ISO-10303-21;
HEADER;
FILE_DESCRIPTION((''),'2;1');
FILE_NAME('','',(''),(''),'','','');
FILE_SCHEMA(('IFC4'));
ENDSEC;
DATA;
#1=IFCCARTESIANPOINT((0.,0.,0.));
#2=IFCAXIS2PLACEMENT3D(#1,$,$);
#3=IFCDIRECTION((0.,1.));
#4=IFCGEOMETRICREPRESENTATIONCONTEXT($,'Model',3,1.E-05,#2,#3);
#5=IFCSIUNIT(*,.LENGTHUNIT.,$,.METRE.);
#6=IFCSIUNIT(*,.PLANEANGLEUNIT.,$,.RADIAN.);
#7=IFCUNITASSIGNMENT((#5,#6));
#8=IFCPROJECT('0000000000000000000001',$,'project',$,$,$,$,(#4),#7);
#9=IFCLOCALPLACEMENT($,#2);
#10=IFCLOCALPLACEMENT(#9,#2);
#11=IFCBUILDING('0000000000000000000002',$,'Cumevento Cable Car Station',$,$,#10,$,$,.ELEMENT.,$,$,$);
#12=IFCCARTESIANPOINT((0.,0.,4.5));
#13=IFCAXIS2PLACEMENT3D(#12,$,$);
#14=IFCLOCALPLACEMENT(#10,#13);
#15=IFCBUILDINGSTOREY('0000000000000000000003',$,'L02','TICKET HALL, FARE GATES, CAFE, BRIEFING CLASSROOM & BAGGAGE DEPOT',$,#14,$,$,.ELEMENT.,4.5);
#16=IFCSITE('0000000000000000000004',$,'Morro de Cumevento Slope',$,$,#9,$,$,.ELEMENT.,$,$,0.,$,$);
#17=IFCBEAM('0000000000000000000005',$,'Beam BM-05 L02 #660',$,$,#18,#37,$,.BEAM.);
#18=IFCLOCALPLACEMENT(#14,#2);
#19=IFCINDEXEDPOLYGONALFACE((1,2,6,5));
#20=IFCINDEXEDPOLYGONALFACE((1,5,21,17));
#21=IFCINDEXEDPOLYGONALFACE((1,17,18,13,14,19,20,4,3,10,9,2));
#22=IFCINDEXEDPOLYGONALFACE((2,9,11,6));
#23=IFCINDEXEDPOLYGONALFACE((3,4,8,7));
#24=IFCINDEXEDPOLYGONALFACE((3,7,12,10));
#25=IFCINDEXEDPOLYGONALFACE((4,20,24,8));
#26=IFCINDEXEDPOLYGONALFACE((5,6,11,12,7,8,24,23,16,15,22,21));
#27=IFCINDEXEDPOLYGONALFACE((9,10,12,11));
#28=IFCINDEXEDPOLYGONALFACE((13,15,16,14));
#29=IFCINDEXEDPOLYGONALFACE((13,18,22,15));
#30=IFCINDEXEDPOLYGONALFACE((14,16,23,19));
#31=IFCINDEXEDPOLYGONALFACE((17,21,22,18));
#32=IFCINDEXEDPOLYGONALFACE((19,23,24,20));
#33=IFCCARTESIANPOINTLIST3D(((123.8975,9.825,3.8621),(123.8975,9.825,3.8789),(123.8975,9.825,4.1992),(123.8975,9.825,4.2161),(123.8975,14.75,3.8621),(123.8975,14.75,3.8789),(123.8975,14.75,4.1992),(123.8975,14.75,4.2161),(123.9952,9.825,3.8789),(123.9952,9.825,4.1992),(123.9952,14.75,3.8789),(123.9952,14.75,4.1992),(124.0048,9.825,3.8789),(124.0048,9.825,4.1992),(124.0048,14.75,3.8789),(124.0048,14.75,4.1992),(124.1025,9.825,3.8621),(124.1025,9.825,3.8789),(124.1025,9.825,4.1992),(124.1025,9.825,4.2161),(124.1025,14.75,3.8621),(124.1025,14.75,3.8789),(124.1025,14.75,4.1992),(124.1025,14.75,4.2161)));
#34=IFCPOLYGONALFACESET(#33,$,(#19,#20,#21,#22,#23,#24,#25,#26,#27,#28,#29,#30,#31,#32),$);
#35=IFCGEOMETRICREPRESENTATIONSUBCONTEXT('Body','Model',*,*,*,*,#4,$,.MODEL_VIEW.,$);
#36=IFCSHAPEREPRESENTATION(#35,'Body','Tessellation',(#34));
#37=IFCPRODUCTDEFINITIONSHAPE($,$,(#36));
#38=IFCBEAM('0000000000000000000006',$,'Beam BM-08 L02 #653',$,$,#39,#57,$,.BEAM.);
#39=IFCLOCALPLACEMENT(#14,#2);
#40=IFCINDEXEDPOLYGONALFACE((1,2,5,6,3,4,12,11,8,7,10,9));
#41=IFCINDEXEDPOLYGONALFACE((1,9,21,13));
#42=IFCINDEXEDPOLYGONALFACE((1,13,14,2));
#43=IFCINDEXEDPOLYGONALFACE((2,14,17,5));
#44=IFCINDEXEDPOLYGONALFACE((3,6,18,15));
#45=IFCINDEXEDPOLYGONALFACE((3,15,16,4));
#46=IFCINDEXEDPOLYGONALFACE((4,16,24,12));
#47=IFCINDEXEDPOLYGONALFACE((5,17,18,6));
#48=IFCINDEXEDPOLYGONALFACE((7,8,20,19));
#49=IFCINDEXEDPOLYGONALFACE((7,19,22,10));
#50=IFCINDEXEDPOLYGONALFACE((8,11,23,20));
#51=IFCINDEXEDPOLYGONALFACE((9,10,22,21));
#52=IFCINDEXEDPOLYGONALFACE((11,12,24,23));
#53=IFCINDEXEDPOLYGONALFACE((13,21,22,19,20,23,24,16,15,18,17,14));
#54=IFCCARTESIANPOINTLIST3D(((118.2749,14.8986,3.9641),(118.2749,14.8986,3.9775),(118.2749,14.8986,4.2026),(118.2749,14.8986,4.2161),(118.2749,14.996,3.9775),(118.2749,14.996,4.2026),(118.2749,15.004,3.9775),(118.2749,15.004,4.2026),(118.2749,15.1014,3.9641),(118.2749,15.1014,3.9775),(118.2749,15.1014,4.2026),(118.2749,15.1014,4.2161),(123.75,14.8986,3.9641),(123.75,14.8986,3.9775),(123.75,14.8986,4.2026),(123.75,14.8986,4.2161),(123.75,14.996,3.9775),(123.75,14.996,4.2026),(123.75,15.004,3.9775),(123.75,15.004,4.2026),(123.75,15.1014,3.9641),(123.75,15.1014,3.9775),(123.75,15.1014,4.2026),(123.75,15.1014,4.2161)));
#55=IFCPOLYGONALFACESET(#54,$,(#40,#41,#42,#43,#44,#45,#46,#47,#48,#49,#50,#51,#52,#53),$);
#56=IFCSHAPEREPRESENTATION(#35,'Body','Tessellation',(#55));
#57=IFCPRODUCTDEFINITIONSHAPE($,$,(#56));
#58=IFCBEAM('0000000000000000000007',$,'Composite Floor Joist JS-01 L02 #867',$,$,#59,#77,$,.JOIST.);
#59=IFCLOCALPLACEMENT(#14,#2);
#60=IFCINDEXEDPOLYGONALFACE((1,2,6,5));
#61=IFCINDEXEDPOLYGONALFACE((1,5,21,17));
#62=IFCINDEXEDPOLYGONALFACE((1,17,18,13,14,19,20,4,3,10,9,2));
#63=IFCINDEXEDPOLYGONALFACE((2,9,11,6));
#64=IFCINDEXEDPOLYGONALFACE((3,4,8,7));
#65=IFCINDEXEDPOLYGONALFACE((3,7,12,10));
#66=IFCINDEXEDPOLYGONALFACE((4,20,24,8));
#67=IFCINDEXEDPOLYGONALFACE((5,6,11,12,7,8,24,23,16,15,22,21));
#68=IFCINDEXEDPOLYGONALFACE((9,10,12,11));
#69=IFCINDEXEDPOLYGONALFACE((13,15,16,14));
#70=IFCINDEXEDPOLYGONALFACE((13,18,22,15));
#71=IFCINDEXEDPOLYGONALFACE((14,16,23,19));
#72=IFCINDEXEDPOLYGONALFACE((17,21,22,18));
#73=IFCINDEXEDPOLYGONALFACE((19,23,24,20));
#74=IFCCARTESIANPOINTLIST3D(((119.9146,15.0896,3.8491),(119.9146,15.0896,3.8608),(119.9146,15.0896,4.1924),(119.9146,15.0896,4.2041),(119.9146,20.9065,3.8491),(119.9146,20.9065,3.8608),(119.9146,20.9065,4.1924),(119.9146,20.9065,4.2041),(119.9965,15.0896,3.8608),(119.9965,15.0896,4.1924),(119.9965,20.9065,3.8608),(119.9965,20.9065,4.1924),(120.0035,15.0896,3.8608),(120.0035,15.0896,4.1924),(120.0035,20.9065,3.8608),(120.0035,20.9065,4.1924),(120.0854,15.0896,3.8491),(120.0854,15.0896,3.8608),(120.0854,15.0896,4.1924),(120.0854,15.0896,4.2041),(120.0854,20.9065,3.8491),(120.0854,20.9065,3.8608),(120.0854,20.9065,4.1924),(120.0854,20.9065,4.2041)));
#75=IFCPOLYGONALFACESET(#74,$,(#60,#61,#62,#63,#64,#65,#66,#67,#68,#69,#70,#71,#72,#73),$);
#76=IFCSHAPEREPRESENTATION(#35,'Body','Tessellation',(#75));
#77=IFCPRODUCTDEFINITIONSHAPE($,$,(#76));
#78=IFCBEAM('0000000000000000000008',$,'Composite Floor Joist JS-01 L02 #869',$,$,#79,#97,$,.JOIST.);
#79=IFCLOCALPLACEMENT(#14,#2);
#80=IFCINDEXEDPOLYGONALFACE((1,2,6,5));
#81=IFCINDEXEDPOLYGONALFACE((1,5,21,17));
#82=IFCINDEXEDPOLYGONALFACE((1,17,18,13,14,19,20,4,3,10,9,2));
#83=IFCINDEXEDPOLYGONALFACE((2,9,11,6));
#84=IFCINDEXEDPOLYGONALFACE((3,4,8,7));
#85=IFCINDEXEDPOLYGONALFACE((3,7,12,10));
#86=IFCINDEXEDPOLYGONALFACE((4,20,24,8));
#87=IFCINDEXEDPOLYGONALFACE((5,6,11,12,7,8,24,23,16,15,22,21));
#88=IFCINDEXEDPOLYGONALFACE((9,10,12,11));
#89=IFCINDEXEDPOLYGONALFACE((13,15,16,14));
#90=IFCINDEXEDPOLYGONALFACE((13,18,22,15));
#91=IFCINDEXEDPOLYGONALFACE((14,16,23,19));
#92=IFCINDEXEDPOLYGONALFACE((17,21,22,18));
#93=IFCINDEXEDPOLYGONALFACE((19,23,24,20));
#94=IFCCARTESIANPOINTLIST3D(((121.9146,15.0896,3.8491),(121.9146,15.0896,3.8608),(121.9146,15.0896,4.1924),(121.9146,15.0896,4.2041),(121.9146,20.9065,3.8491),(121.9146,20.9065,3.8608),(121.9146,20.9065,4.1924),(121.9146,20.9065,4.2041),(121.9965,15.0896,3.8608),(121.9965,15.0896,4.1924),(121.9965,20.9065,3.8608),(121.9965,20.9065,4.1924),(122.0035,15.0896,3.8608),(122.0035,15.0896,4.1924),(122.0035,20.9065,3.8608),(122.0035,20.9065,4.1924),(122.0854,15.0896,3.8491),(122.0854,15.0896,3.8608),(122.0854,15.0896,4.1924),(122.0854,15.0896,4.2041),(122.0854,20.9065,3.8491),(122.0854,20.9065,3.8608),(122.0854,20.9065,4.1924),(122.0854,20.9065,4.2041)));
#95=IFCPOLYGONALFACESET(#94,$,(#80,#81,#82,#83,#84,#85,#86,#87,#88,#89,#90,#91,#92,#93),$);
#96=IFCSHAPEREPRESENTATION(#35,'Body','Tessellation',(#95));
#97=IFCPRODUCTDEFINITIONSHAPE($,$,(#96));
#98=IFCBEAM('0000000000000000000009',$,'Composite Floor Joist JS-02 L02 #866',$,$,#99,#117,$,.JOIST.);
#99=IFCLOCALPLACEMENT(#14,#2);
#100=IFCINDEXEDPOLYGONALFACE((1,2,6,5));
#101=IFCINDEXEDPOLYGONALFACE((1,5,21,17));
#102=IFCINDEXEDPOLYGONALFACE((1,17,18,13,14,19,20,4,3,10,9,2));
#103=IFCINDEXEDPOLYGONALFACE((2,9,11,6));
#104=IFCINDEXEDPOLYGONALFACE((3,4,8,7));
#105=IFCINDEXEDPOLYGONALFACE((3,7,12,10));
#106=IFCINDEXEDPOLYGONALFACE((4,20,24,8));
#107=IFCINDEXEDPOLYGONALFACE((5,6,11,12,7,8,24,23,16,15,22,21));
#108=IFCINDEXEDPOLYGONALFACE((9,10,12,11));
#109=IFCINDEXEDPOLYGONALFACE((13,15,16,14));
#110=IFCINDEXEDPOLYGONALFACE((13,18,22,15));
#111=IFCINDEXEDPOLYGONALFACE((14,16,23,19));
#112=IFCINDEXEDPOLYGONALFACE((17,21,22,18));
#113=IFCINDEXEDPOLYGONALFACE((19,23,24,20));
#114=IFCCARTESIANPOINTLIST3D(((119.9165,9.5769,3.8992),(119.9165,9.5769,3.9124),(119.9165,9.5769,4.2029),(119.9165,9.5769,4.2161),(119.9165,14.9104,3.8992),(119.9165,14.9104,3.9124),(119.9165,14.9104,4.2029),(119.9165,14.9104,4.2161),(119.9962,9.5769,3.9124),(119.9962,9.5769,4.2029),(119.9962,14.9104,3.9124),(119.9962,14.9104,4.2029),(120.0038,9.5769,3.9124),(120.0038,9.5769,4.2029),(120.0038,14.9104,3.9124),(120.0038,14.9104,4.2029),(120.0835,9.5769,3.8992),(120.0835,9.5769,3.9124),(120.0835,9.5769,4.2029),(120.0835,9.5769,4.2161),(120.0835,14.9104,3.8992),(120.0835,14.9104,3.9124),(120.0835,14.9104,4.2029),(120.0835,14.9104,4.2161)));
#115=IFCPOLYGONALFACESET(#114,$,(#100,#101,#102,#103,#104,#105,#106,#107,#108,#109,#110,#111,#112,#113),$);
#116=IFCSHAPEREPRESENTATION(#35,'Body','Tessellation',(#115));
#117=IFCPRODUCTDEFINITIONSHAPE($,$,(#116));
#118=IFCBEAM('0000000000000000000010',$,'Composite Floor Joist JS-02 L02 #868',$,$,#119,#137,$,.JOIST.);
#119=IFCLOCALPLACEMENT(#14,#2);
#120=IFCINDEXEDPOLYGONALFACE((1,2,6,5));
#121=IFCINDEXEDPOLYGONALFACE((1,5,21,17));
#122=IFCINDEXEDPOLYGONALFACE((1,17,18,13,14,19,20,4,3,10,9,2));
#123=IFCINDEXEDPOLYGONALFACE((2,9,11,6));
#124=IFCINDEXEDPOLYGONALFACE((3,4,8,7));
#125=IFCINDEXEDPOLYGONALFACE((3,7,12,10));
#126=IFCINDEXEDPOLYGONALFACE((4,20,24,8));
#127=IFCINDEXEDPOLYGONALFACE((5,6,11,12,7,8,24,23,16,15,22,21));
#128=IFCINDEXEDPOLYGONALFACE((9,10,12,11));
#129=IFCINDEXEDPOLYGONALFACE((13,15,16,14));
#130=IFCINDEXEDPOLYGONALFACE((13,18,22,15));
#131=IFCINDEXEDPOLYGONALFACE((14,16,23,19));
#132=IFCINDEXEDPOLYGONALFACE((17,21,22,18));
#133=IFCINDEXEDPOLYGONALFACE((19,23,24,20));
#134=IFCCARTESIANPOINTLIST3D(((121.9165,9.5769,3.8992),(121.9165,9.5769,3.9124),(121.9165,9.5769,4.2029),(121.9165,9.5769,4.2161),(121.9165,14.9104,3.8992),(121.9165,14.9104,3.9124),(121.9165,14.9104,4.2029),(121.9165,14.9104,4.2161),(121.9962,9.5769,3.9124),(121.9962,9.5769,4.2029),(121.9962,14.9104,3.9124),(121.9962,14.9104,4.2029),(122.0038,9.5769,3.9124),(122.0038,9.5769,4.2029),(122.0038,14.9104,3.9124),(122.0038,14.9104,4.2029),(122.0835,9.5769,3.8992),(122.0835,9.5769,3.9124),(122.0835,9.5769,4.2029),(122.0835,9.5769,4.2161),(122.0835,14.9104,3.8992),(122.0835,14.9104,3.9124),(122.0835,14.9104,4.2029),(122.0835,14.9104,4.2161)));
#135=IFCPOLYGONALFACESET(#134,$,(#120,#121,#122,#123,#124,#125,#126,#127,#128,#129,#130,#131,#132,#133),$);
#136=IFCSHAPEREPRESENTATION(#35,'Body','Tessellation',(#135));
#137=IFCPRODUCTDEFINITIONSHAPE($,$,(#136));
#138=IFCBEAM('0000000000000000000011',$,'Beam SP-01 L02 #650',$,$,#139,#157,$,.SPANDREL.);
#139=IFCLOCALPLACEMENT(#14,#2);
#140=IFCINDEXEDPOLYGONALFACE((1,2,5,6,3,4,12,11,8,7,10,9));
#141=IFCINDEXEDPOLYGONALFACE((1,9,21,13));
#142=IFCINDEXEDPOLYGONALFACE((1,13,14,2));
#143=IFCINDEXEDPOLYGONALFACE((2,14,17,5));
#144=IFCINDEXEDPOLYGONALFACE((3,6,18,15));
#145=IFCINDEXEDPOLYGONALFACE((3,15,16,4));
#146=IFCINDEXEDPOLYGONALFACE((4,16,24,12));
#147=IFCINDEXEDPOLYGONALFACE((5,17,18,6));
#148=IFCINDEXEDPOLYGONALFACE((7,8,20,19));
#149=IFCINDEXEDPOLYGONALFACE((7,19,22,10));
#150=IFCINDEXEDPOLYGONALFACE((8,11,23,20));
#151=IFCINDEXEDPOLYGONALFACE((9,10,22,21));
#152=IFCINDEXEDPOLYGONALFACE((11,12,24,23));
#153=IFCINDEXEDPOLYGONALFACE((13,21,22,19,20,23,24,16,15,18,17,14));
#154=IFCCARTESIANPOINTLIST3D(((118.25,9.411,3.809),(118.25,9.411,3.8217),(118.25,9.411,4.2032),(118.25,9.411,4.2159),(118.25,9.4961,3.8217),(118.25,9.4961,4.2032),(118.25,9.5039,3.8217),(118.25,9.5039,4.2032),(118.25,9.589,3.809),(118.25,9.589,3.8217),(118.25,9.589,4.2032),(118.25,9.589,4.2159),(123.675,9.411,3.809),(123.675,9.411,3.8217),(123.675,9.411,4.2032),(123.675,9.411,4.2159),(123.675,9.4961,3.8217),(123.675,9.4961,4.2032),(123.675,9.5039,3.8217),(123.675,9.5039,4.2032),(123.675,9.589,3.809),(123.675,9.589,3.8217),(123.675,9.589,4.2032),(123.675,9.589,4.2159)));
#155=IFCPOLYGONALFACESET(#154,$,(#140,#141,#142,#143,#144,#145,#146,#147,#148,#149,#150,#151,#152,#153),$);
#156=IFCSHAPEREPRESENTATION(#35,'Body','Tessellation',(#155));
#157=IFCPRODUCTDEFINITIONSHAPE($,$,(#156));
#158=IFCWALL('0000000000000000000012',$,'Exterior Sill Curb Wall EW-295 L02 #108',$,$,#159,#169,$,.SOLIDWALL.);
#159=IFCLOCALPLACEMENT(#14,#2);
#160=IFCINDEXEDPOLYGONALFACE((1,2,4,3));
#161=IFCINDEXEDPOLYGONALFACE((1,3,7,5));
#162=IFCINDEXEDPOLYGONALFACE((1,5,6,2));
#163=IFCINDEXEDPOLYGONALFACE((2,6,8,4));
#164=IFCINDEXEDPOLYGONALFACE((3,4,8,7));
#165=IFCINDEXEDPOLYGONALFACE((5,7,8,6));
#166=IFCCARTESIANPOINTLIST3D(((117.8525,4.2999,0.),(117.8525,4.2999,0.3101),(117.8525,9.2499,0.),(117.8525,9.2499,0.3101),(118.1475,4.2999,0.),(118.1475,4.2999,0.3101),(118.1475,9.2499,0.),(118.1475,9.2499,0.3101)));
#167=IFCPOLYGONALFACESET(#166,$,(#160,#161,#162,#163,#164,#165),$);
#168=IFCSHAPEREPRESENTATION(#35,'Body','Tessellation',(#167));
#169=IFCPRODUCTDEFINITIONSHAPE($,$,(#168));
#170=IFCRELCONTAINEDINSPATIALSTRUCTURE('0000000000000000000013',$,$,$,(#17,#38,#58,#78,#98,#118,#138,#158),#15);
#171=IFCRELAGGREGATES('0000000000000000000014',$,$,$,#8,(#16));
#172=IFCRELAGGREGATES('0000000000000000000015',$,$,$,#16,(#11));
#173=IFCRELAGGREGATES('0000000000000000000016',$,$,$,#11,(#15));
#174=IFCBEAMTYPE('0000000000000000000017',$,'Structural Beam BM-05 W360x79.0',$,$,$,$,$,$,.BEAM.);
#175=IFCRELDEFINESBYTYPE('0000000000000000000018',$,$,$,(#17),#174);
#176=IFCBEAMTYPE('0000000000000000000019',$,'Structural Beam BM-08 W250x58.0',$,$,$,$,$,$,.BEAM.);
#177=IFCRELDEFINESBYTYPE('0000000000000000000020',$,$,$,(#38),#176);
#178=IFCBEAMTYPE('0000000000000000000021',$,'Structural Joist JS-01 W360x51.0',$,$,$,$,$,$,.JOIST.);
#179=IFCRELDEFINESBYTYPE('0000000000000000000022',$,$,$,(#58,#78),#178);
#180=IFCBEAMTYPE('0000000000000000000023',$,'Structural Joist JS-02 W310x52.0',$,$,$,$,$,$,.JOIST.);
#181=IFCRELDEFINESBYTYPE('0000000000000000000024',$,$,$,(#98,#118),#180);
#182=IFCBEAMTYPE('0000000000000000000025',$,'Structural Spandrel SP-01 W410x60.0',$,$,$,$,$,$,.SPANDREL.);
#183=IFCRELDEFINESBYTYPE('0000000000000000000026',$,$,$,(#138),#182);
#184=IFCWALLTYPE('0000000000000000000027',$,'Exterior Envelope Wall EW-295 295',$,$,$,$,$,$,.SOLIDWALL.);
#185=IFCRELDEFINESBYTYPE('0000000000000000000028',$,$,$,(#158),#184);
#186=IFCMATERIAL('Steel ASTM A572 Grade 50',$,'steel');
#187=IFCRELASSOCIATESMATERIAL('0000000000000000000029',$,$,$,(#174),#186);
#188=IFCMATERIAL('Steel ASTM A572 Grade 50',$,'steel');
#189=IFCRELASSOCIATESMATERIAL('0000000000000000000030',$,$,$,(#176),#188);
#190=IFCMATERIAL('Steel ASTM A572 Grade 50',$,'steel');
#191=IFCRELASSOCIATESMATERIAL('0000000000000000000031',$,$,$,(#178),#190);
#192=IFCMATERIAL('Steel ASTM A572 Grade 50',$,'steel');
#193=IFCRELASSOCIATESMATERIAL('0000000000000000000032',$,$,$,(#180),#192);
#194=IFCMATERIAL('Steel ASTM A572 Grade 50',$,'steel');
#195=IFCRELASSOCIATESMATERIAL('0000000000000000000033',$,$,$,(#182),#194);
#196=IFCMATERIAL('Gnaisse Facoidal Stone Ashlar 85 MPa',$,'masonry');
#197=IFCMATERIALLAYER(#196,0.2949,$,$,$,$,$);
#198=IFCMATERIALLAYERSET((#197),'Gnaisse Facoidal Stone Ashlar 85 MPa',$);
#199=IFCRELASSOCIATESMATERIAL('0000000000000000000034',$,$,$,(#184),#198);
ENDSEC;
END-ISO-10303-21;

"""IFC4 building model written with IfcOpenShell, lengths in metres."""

from ifc_helpers import new_model, si_unit, direction, frame, frame_2d, origin, origin_2d, place, context, subcontext, project, spatial, rectangle, i_section, extrude, material, layer, layer_set, material_profile, profile_set, type_object, element, save


model = new_model("IFC4")

# Units and contexts
model_context = context("Model", 3, precision=1e-05, world=origin(), true_north=direction((0.0, 1.0)))
body_context = subcontext(model_context, "Body", "Model", "MODEL_VIEW")
ifc_project = project(units=[si_unit("LENGTHUNIT", "METRE"), si_unit("PLANEANGLEUNIT", "RADIAN")], contexts=[model_context])

# Site, building, storey
site_placement = place(None, origin())
site = spatial("IfcSite", under=ifc_project, at=site_placement, Name="Morro de Cumevento Slope", CompositionType="ELEMENT", RefElevation=0.0)
building_placement = place(site_placement, origin())
building = spatial("IfcBuilding", under=site, at=building_placement, Name="Cumevento Cable Car Station", CompositionType="ELEMENT")
storey_placement = place(building_placement, frame((0.0, 0.0, 4.5)))
storey = spatial("IfcBuildingStorey", under=building, at=storey_placement, Name="L02", Description="TICKET HALL, FARE GATES, CAFE, BRIEFING CLASSROOM & BAGGAGE DEPOT", CompositionType="ELEMENT", Elevation=4.5)

# Beams
ifc_material_1 = material(Name="Steel ASTM A572 Grade 50", Category="steel")
ifc_material_profile_1 = material_profile(ifc_material_1, i_section(OverallWidth=0.2051, OverallDepth=0.354, WebThickness=0.0095, FlangeThickness=0.0168, at=origin_2d()), Name="W360x79.0")
ifc_profile_set_1 = profile_set([ifc_material_profile_1], Name="Steel ASTM A572 Grade 50")
beam_type_1 = type_object("IfcBeamType", Name="Structural Beam BM-05 W360x79.0", PredefinedType="BEAM", material=ifc_profile_set_1)
beam_1_placement = place(storey_placement, frame((124.0, 9.825, 4.0391), z_axis=(0.0, 1.0, 0.0), x_axis=(-1.0, 0.0, 0.0)))
element("IfcBeam", 1, at=beam_1_placement, inside=storey, type_object=beam_type_1, Name="Beam BM-05 L02 #660", PredefinedType="BEAM", context=body_context, shape_type="SweptSolid", body=[
    extrude(i_section(OverallWidth=0.2051, OverallDepth=0.354, WebThickness=0.0095, FlangeThickness=0.0168, at=origin_2d()), origin(), (0.0, 0.0, 1.0), 4.925),
])
ifc_material_2 = material(Name="Steel ASTM A572 Grade 50", Category="steel")
ifc_material_profile_2 = material_profile(ifc_material_2, i_section(OverallWidth=0.2029, OverallDepth=0.252, WebThickness=0.0081, FlangeThickness=0.0134, at=origin_2d()), Name="W250x58.0")
ifc_profile_set_2 = profile_set([ifc_material_profile_2], Name="Steel ASTM A572 Grade 50")
beam_type_2 = type_object("IfcBeamType", Name="Structural Beam BM-08 W250x58.0", PredefinedType="BEAM", material=ifc_profile_set_2)
beam_2_placement = place(storey_placement, frame((118.2749, 15.0, 4.0901), z_axis=(1.0, 0.0, 0.0), x_axis=(0.0, 1.0, 0.0)))
element("IfcBeam", 2, at=beam_2_placement, inside=storey, type_object=beam_type_2, Name="Beam BM-08 L02 #653", PredefinedType="BEAM", context=body_context, shape_type="SweptSolid", body=[
    extrude(i_section(OverallWidth=0.2029, OverallDepth=0.252, WebThickness=0.0081, FlangeThickness=0.0134, at=origin_2d()), origin(), (0.0, 0.0, 1.0), 5.4751),
])
ifc_material_3 = material(Name="Steel ASTM A572 Grade 50", Category="steel")
ifc_material_profile_3 = material_profile(ifc_material_3, i_section(OverallWidth=0.1709, OverallDepth=0.355, WebThickness=0.0071, FlangeThickness=0.0117, at=origin_2d()), Name="W360x51.0")
ifc_profile_set_3 = profile_set([ifc_material_profile_3], Name="Steel ASTM A572 Grade 50")
beam_type_3 = type_object("IfcBeamType", Name="Structural Joist JS-01 W360x51.0", PredefinedType="JOIST", material=ifc_profile_set_3)
for number, where, z_axis, x_axis, name in (
    (3, (120.0, 15.0896, 4.0266), (0.0, 1.0, 0.0), (-1.0, 0.0, 0.0), "Composite Floor Joist JS-01 L02 #867"),
    (4, (122.0, 15.0896, 4.0266), (0.0, 1.0, 0.0), (-1.0, 0.0, 0.0), "Composite Floor Joist JS-01 L02 #869"),
):
    element("IfcBeam", number, at=place(storey_placement, frame(where, z_axis=z_axis, x_axis=x_axis)), inside=storey, type_object=beam_type_3, Name=name, PredefinedType="JOIST", context=body_context, shape_type="SweptSolid", body=[
        extrude(i_section(OverallWidth=0.1709, OverallDepth=0.355, WebThickness=0.0071, FlangeThickness=0.0117, at=origin_2d()), origin(), (0.0, 0.0, 1.0), 5.8169),
    ])
ifc_material_4 = material(Name="Steel ASTM A572 Grade 50", Category="steel")
ifc_material_profile_4 = material_profile(ifc_material_4, i_section(OverallWidth=0.167, OverallDepth=0.3169, WebThickness=0.0076, FlangeThickness=0.0132, at=origin_2d()), Name="W310x52.0")
ifc_profile_set_4 = profile_set([ifc_material_profile_4], Name="Steel ASTM A572 Grade 50")
beam_type_4 = type_object("IfcBeamType", Name="Structural Joist JS-02 W310x52.0", PredefinedType="JOIST", material=ifc_profile_set_4)
for number, where, z_axis, x_axis, name in (
    (5, (120.0, 9.5769, 4.0576), (0.0, 1.0, 0.0), (-1.0, 0.0, 0.0), "Composite Floor Joist JS-02 L02 #866"),
    (6, (122.0, 9.5769, 4.0576), (0.0, 1.0, 0.0), (-1.0, 0.0, 0.0), "Composite Floor Joist JS-02 L02 #868"),
):
    element("IfcBeam", number, at=place(storey_placement, frame(where, z_axis=z_axis, x_axis=x_axis)), inside=storey, type_object=beam_type_4, Name=name, PredefinedType="JOIST", context=body_context, shape_type="SweptSolid", body=[
        extrude(i_section(OverallWidth=0.167, OverallDepth=0.3169, WebThickness=0.0076, FlangeThickness=0.0132, at=origin_2d()), origin(), (0.0, 0.0, 1.0), 5.3335),
    ])
ifc_material_5 = material(Name="Steel ASTM A572 Grade 50", Category="steel")
ifc_material_profile_5 = material_profile(ifc_material_5, i_section(OverallWidth=0.178, OverallDepth=0.407, WebThickness=0.0078, FlangeThickness=0.0127, at=origin_2d()), Name="W410x60.0")
ifc_profile_set_5 = profile_set([ifc_material_profile_5], Name="Steel ASTM A572 Grade 50")
beam_type_5 = type_object("IfcBeamType", Name="Structural Spandrel SP-01 W410x60.0", PredefinedType="SPANDREL", material=ifc_profile_set_5)
beam_3_placement = place(storey_placement, frame((118.25, 9.5, 4.0125), z_axis=(1.0, 0.0, 0.0), x_axis=(0.0, 1.0, 0.0)))
element("IfcBeam", 7, at=beam_3_placement, inside=storey, type_object=beam_type_5, Name="Beam SP-01 L02 #650", PredefinedType="SPANDREL", context=body_context, shape_type="SweptSolid", body=[
    extrude(i_section(OverallWidth=0.178, OverallDepth=0.407, WebThickness=0.0078, FlangeThickness=0.0127, at=origin_2d()), origin(), (0.0, 0.0, 1.0), 5.425),
])

# Wall
ifc_material_6 = material(Name="Gnaisse Facoidal Stone Ashlar 85 MPa", Category="masonry")
ifc_layer_1 = layer(ifc_material_6, 0.2949)
ifc_layer_set_1 = layer_set([ifc_layer_1], Name="Gnaisse Facoidal Stone Ashlar 85 MPa")
wall_type_1 = type_object("IfcWallType", Name="Exterior Envelope Wall EW-295 295", PredefinedType="SOLIDWALL", material=ifc_layer_set_1)
wall_1_placement = place(storey_placement, frame((118.0, 9.25, 0.0), z_axis=(0.0, 0.0, 1.0), x_axis=(0.0, -1.0, 0.0)))
element("IfcWall", 8, at=wall_1_placement, inside=storey, type_object=wall_type_1, Name="Exterior Sill Curb Wall EW-295 L02 #108", PredefinedType="SOLIDWALL", context=body_context, shape_type="SweptSolid", body=[
    extrude(rectangle(XDim=4.95, YDim=0.2949, at=frame_2d((2.4751, 0.0))), origin(), (0.0, 0.0, 1.0), 0.3101),
])

save(model, "model.ifc")
